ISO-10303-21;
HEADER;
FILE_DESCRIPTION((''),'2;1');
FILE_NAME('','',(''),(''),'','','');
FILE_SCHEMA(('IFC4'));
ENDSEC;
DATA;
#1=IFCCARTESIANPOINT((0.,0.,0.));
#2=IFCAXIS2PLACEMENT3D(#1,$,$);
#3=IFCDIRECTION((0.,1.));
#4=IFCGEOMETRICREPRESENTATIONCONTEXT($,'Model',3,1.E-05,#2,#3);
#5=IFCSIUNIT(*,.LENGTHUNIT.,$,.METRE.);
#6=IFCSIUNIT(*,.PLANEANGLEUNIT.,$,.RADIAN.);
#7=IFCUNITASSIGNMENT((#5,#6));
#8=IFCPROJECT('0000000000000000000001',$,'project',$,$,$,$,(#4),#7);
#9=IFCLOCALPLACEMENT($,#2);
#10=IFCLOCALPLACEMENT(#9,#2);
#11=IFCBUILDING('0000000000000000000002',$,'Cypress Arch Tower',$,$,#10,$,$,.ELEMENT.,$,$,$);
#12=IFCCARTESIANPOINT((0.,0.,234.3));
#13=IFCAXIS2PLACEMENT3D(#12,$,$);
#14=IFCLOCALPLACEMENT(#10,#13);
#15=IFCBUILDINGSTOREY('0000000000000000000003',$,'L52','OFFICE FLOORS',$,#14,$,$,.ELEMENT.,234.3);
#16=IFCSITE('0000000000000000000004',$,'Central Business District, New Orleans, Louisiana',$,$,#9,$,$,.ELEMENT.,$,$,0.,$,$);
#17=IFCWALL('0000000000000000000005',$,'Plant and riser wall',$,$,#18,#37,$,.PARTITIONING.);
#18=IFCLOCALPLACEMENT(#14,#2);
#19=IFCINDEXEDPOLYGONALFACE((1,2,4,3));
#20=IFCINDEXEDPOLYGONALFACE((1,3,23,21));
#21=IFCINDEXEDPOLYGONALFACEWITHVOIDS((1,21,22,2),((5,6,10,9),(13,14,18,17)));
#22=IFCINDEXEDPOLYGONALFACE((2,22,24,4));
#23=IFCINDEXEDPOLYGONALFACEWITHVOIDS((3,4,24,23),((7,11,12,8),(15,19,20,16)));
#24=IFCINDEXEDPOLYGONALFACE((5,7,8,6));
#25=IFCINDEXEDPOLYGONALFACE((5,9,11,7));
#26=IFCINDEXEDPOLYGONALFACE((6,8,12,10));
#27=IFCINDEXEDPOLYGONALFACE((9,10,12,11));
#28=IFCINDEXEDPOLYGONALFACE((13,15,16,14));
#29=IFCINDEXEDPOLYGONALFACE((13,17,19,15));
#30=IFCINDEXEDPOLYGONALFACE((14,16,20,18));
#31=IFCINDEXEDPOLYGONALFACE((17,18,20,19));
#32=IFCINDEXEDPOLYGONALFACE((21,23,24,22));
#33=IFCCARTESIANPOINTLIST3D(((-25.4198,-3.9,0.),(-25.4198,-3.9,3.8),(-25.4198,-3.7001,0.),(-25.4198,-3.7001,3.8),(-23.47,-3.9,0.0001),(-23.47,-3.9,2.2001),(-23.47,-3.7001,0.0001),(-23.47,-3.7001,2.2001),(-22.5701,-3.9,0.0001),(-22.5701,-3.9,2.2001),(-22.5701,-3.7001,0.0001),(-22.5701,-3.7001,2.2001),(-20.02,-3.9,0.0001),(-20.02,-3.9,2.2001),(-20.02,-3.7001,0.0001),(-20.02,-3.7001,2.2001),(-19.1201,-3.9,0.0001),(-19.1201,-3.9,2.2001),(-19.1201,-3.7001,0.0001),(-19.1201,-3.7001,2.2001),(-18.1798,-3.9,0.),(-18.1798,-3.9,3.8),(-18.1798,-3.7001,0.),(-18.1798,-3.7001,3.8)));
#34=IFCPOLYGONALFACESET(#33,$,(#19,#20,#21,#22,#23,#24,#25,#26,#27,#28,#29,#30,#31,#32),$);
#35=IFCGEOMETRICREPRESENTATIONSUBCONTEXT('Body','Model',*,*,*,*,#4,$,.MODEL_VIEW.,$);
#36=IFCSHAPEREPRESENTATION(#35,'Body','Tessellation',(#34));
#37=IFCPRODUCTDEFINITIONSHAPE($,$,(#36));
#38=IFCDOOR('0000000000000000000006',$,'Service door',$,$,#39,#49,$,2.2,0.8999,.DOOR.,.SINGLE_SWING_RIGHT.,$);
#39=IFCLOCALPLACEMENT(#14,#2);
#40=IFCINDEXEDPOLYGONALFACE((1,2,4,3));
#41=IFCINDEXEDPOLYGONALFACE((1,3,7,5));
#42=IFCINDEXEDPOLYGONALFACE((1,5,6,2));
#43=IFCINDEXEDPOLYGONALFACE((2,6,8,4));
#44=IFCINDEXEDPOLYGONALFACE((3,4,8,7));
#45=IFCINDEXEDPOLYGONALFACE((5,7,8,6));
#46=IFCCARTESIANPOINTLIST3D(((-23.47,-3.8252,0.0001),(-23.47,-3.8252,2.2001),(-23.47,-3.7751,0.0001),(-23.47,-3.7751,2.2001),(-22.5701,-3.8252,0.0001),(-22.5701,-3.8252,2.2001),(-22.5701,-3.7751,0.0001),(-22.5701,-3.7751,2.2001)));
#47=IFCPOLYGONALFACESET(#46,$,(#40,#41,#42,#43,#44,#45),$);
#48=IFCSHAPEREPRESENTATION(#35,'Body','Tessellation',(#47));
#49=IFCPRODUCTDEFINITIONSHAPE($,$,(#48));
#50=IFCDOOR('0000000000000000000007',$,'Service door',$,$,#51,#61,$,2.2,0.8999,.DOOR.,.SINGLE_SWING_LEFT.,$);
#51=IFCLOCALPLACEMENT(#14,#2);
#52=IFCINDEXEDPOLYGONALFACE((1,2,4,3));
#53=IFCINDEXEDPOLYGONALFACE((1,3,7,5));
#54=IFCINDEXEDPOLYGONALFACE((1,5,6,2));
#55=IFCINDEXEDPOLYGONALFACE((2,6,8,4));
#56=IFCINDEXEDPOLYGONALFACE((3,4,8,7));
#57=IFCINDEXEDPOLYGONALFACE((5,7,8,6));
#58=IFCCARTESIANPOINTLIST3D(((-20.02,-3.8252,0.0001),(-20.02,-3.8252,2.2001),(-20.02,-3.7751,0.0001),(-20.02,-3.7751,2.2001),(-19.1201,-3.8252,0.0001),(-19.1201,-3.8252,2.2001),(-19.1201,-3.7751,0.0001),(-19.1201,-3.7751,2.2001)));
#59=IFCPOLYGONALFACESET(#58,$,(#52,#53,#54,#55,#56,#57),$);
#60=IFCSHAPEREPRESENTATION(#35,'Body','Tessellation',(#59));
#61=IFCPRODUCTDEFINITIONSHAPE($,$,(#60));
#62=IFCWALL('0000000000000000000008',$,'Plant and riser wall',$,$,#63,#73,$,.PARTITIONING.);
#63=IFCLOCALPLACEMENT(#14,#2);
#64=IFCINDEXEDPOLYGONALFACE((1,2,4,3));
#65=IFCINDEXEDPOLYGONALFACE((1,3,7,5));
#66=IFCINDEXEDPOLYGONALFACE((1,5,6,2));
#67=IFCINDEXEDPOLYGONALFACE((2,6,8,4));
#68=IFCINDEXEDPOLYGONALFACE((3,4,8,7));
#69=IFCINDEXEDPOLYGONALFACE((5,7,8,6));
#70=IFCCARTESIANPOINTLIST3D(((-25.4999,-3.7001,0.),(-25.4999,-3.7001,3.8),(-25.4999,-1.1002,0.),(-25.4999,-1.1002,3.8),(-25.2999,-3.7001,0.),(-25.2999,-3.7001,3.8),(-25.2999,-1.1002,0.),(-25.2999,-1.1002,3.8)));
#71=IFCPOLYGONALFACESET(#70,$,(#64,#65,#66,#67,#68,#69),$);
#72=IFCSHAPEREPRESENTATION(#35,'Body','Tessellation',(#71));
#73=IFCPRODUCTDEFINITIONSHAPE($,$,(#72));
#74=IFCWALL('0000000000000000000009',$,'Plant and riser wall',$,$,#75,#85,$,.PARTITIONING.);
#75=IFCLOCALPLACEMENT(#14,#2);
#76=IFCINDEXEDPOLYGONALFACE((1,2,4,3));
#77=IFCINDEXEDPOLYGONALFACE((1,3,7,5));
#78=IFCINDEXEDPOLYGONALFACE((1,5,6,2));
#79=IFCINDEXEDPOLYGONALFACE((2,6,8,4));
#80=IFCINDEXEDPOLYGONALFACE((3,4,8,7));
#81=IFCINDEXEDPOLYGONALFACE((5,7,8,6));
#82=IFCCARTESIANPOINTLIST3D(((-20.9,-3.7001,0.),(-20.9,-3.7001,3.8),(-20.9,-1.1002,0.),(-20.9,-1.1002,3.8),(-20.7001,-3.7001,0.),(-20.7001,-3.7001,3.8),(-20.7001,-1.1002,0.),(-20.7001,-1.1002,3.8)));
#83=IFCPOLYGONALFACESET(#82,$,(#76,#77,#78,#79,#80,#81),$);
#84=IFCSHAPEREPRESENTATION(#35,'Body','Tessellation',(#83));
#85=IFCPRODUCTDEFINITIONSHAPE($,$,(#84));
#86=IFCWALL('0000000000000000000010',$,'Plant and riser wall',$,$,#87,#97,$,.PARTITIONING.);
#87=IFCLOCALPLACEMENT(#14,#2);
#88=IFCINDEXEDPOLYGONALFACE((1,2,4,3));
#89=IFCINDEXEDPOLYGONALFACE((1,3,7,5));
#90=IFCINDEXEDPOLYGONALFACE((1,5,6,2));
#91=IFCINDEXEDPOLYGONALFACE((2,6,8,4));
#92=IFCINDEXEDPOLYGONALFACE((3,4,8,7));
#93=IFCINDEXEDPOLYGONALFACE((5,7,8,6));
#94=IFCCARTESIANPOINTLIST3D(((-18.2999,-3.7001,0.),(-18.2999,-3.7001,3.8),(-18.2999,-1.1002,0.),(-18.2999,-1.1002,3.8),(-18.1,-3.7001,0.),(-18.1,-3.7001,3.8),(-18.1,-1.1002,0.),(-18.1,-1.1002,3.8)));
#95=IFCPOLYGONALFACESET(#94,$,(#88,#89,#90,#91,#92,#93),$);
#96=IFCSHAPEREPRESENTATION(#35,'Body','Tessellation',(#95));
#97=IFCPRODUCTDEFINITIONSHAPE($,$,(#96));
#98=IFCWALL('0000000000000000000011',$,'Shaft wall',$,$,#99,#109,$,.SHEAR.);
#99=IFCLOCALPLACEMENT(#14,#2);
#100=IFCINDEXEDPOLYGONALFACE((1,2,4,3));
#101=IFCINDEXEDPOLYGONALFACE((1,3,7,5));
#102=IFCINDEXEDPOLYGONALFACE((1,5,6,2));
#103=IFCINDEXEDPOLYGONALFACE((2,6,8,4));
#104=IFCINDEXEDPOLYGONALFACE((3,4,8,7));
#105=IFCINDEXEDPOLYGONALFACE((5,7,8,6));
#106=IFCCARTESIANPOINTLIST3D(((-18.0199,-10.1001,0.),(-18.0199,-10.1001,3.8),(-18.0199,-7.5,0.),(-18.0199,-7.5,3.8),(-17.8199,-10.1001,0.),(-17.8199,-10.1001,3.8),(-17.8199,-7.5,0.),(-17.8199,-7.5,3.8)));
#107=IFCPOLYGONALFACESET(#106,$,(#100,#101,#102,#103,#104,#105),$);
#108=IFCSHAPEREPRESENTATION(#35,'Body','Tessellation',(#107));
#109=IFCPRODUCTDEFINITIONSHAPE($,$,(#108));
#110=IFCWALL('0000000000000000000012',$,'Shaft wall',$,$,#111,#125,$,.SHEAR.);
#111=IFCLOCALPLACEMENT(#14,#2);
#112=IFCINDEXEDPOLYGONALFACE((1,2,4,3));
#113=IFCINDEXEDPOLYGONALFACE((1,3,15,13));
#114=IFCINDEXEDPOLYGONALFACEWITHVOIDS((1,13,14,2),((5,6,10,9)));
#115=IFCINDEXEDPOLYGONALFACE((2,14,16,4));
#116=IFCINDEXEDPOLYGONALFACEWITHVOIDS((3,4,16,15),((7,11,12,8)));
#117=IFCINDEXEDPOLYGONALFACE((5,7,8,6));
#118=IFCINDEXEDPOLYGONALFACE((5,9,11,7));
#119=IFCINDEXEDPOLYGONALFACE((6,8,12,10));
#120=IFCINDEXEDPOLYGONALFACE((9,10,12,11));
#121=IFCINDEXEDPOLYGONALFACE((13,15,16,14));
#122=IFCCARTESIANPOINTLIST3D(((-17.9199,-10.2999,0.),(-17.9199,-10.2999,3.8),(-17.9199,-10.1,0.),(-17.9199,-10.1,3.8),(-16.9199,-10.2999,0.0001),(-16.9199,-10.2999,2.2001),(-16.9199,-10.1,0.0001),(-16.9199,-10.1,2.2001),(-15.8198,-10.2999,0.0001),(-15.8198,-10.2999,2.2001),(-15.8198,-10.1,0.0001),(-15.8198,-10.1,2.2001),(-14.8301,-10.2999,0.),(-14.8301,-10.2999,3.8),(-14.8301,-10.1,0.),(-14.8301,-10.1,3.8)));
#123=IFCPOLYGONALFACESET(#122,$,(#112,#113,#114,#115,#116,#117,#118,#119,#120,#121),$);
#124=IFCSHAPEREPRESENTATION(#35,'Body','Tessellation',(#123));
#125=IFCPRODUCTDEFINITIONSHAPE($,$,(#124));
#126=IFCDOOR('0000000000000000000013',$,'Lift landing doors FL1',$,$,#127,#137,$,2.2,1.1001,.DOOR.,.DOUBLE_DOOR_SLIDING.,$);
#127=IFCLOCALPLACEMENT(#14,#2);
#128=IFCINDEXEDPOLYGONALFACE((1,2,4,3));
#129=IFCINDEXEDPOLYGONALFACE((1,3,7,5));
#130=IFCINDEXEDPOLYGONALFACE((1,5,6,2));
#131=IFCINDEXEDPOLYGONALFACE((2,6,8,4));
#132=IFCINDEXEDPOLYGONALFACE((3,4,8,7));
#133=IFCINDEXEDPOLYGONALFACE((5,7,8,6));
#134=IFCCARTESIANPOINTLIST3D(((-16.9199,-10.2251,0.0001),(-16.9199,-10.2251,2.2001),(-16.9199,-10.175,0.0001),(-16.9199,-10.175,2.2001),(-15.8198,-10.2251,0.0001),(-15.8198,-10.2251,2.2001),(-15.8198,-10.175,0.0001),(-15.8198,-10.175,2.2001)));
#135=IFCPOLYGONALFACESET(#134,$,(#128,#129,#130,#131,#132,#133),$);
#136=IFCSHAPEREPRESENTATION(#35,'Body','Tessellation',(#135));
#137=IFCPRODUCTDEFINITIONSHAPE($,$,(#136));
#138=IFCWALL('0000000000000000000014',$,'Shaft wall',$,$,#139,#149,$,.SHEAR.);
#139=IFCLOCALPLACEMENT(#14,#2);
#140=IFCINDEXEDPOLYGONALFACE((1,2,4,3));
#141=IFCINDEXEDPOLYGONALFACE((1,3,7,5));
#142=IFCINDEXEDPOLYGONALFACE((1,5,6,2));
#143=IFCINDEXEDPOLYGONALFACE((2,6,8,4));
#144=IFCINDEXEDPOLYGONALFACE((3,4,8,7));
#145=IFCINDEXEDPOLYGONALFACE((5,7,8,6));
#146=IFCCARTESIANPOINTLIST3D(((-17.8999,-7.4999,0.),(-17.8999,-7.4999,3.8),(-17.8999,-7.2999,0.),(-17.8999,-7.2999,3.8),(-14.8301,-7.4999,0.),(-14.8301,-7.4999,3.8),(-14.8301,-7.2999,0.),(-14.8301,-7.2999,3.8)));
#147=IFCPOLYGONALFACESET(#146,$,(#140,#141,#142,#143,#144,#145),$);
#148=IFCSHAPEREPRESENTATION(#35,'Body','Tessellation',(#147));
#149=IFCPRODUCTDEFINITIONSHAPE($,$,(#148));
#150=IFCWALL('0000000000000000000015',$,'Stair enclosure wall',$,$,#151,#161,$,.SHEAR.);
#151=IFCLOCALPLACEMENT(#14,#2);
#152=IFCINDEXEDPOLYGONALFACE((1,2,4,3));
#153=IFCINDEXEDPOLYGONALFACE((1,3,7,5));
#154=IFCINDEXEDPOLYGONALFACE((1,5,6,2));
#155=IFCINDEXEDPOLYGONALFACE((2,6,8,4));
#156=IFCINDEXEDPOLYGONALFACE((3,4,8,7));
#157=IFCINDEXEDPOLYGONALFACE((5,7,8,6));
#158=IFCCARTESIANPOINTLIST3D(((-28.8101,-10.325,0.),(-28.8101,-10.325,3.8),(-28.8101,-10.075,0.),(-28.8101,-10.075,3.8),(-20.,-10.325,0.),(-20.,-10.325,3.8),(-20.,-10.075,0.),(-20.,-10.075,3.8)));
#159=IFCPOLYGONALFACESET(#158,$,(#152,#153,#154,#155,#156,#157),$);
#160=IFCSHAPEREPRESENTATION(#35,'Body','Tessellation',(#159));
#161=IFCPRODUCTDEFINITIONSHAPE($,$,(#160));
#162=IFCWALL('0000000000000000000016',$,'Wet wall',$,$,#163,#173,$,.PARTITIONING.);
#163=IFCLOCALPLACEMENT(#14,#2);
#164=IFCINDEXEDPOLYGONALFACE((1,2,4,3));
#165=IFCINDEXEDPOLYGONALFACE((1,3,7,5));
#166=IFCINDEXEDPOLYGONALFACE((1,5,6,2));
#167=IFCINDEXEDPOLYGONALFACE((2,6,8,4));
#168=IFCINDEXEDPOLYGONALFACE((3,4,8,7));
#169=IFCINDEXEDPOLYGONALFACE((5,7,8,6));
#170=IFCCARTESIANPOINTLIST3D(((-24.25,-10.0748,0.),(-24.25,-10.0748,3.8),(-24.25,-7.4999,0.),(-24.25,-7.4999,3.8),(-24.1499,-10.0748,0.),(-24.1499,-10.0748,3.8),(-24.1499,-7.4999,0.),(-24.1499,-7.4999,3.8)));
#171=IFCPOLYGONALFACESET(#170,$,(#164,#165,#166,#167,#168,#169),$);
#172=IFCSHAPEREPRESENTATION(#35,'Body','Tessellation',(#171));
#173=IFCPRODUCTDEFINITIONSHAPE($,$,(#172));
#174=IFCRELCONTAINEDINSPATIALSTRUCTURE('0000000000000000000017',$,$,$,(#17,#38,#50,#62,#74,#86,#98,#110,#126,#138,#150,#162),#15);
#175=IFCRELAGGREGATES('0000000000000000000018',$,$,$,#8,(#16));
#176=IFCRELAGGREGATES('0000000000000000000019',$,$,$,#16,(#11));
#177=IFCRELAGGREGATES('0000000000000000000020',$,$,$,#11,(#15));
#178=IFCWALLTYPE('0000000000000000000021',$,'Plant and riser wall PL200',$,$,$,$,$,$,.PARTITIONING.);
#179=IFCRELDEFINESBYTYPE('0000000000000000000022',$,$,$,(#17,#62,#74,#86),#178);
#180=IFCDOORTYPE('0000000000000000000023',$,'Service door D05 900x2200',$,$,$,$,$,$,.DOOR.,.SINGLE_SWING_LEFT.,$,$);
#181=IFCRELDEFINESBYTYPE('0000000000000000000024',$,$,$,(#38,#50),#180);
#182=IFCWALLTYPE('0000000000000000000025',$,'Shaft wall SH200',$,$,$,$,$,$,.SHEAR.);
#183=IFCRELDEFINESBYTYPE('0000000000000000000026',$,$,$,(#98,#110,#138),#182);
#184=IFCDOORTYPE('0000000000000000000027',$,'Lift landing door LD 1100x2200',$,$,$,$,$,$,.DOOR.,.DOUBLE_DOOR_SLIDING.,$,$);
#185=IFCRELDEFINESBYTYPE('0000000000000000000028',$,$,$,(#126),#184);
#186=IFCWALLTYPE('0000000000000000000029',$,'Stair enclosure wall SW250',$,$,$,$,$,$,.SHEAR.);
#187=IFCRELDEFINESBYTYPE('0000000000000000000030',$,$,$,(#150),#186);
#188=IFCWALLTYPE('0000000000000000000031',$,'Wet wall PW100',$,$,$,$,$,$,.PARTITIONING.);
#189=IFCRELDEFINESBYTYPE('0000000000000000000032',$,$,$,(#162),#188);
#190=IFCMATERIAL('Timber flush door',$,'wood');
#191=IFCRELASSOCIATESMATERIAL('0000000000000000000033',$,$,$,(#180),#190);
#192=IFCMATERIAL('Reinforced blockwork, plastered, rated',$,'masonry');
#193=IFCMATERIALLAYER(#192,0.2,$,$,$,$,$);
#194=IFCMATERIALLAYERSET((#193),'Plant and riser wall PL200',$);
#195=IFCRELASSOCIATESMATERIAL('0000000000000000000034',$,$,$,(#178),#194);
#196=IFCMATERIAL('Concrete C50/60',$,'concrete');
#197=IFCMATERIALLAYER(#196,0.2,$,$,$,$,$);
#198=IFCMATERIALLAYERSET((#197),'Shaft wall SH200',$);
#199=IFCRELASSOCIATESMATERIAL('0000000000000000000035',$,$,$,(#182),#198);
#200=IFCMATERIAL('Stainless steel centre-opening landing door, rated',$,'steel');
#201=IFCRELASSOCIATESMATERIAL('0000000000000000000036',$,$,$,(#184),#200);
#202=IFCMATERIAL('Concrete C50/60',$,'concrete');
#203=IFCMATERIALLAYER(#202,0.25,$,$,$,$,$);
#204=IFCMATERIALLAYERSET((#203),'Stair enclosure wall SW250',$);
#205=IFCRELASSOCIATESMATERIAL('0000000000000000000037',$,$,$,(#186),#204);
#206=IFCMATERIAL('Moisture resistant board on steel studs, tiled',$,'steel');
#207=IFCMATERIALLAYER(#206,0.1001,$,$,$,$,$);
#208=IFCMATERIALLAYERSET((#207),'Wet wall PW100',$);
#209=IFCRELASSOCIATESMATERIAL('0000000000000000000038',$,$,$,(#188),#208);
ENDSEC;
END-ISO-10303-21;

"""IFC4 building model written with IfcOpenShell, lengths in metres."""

from ifc_helpers import new_model, si_unit, direction, frame, frame_2d, origin, place, context, subcontext, project, spatial, rectangle, extrude, material, layer, layer_set, type_object, element, fill, save


model = new_model("IFC4")

# Units and contexts
model_context = context("Model", 3, precision=1e-05, world=origin(), true_north=direction((0.0, 1.0)))
body_context = subcontext(model_context, "Body", "Model", "MODEL_VIEW")
ifc_project = project(units=[si_unit("LENGTHUNIT", "METRE"), si_unit("PLANEANGLEUNIT", "RADIAN")], contexts=[model_context])

# Site, building, storey
site_placement = place(None, origin())
site = spatial("IfcSite", under=ifc_project, at=site_placement, Name="Central Business District, New Orleans, Louisiana", CompositionType="ELEMENT", RefElevation=0.0)
building_placement = place(site_placement, origin())
building = spatial("IfcBuilding", under=site, at=building_placement, Name="Cypress Arch Tower", CompositionType="ELEMENT")
storey_placement = place(building_placement, frame((0.0, 0.0, 234.3)))
storey = spatial("IfcBuildingStorey", under=building, at=storey_placement, Name="L52", Description="OFFICE FLOORS", CompositionType="ELEMENT", Elevation=234.3)

# Shared definitions
ifc_material_1 = material(Name="Timber flush door", Category="wood")
door_type_1 = type_object("IfcDoorType", Name="Service door D05 900x2200", OperationType="SINGLE_SWING_LEFT", PredefinedType="DOOR", material=ifc_material_1)

# Shared definitions
ifc_material_2 = material(Name="Reinforced blockwork, plastered, rated", Category="masonry")
ifc_layer_1 = layer(ifc_material_2, 0.2)
ifc_layer_set_1 = layer_set([ifc_layer_1], Name="Plant and riser wall PL200")
wall_type_1 = type_object("IfcWallType", Name="Plant and riser wall PL200", PredefinedType="PARTITIONING", material=ifc_layer_set_1)

# Wall, openings, doors
wall_1_placement = place(storey_placement, frame((-25.4199, -3.8, 0.0), z_axis=(0.0, 0.0, 1.0), x_axis=(1.0, 0.0, 0.0)))
wall_1 = element("IfcWall", 1, at=wall_1_placement, inside=storey, type_object=wall_type_1, Name="Plant and riser wall", PredefinedType="PARTITIONING", context=body_context, shape_type="SweptSolid", body=[
    extrude(rectangle(XDim=7.24, YDim=0.2, at=frame_2d((3.6201, 0.0))), origin(), (0.0, 0.0, 1.0), 3.8),
])
opening_1_placement = place(wall_1_placement, frame((1.95, 0.0, 0.0)))
opening_1 = element("IfcOpeningElement", 2, at=opening_1_placement, cuts=wall_1, PredefinedType="OPENING", context=body_context, shape_type="SweptSolid", body=[
    extrude(rectangle(XDim=0.8999, YDim=2.2, at=frame_2d((0.45, 1.1001))), frame((0.0, 0.1099, 0.0), z_axis=(0.0, -1.0, 0.0), x_axis=(1.0, 0.0, 0.0)), (0.0, 0.0, 1.0), 0.22),
])
opening_2_placement = place(wall_1_placement, frame((5.3999, 0.0, 0.0)))
opening_2 = element("IfcOpeningElement", 3, at=opening_2_placement, cuts=wall_1, PredefinedType="OPENING", context=body_context, shape_type="SweptSolid", body=[
    extrude(rectangle(XDim=0.8999, YDim=2.2, at=frame_2d((0.45, 1.1001))), frame((0.0, 0.1099, 0.0), z_axis=(0.0, -1.0, 0.0), x_axis=(1.0, 0.0, 0.0)), (0.0, 0.0, 1.0), 0.22),
])
door_1_placement = place(opening_1_placement, origin())
door_1 = element("IfcDoor", 4, at=door_1_placement, inside=storey, type_object=door_type_1, Name="Service door", OperationType="SINGLE_SWING_RIGHT", OverallHeight=2.2, OverallWidth=0.8999, PredefinedType="DOOR", context=body_context, shape_type="SweptSolid", body=[
    extrude(rectangle(XDim=0.8999, YDim=2.2, at=frame_2d((0.45, 1.1001))), frame((0.0, 0.0249, 0.0), z_axis=(0.0, -1.0, 0.0), x_axis=(1.0, 0.0, 0.0)), (0.0, 0.0, 1.0), 0.05),
])
fill(opening_1, door_1)
door_2_placement = place(opening_2_placement, origin())
door_2 = element("IfcDoor", 5, at=door_2_placement, inside=storey, type_object=door_type_1, Name="Service door", OperationType="SINGLE_SWING_LEFT", OverallHeight=2.2, OverallWidth=0.8999, PredefinedType="DOOR", context=body_context, shape_type="SweptSolid", body=[
    extrude(rectangle(XDim=0.8999, YDim=2.2, at=frame_2d((0.45, 1.1001))), frame((0.0, 0.0249, 0.0), z_axis=(0.0, -1.0, 0.0), x_axis=(1.0, 0.0, 0.0)), (0.0, 0.0, 1.0), 0.05),
])
fill(opening_2, door_2)

# Walls
for number, where, z_axis, x_axis, name in (
    (6, (-25.3999, -3.7, 0.0), (0.0, 0.0, 1.0), (0.0, 1.0, 0.0), "Plant and riser wall"),
    (7, (-20.8, -3.7, 0.0), (0.0, 0.0, 1.0), (0.0, 1.0, 0.0), "Plant and riser wall"),
    (8, (-18.2, -3.7, 0.0), (0.0, 0.0, 1.0), (0.0, 1.0, 0.0), "Plant and riser wall"),
):
    element("IfcWall", number, at=place(storey_placement, frame(where, z_axis=z_axis, x_axis=x_axis)), inside=storey, type_object=wall_type_1, Name=name, PredefinedType="PARTITIONING", context=body_context, shape_type="SweptSolid", body=[
        extrude(rectangle(XDim=2.5999, YDim=0.2, at=frame_2d((1.2998, 0.0))), origin(), (0.0, 0.0, 1.0), 3.8),
    ])
ifc_material_3 = material(Name="Concrete C50/60", Category="concrete")
ifc_layer_2 = layer(ifc_material_3, 0.2)
ifc_layer_set_2 = layer_set([ifc_layer_2], Name="Shaft wall SH200")
wall_type_2 = type_object("IfcWallType", Name="Shaft wall SH200", PredefinedType="SHEAR", material=ifc_layer_set_2)
wall_2_placement = place(storey_placement, frame((-17.9199, -10.1001, 0.0), z_axis=(0.0, 0.0, 1.0), x_axis=(0.0, 1.0, 0.0)))
element("IfcWall", 9, at=wall_2_placement, inside=storey, type_object=wall_type_2, Name="Shaft wall", PredefinedType="SHEAR", context=body_context, shape_type="SweptSolid", body=[
    extrude(rectangle(XDim=2.6001, YDim=0.2, at=frame_2d((1.3, 0.0))), origin(), (0.0, 0.0, 1.0), 3.8),
])

# Wall, opening, door
wall_3_placement = place(storey_placement, frame((-17.9199, -10.2, 0.0), z_axis=(0.0, 0.0, 1.0), x_axis=(1.0, 0.0, 0.0)))
wall_3 = element("IfcWall", 10, at=wall_3_placement, inside=storey, type_object=wall_type_2, Name="Shaft wall", PredefinedType="SHEAR", context=body_context, shape_type="SweptSolid", body=[
    extrude(rectangle(XDim=3.0898, YDim=0.2, at=frame_2d((1.5449, 0.0))), origin(), (0.0, 0.0, 1.0), 3.8),
])
opening_3_placement = place(wall_3_placement, frame((1.0, 0.0, 0.0)))
opening_3 = element("IfcOpeningElement", 11, at=opening_3_placement, cuts=wall_3, PredefinedType="OPENING", context=body_context, shape_type="SweptSolid", body=[
    extrude(rectangle(XDim=1.1001, YDim=2.2, at=frame_2d((0.55, 1.1001))), frame((0.0, 0.1099, 0.0), z_axis=(0.0, -1.0, 0.0), x_axis=(1.0, 0.0, 0.0)), (0.0, 0.0, 1.0), 0.22),
])
ifc_material_4 = material(Name="Stainless steel centre-opening landing door, rated", Category="steel")
door_type_2 = type_object("IfcDoorType", Name="Lift landing door LD 1100x2200", OperationType="DOUBLE_DOOR_SLIDING", PredefinedType="DOOR", material=ifc_material_4)
door_3_placement = place(opening_3_placement, origin())
door_3 = element("IfcDoor", 12, at=door_3_placement, inside=storey, type_object=door_type_2, Name="Lift landing doors FL1", OperationType="DOUBLE_DOOR_SLIDING", OverallHeight=2.2, OverallWidth=1.1001, PredefinedType="DOOR", context=body_context, shape_type="SweptSolid", body=[
    extrude(rectangle(XDim=1.1001, YDim=2.2, at=frame_2d((0.55, 1.1001))), frame((0.0, 0.0249, 0.0), z_axis=(0.0, -1.0, 0.0), x_axis=(1.0, 0.0, 0.0)), (0.0, 0.0, 1.0), 0.05),
])
fill(opening_3, door_3)

# Walls
wall_4_placement = place(storey_placement, frame((-17.8999, -7.3999, 0.0), z_axis=(0.0, 0.0, 1.0), x_axis=(1.0, 0.0, 0.0)))
element("IfcWall", 13, at=wall_4_placement, inside=storey, type_object=wall_type_2, Name="Shaft wall", PredefinedType="SHEAR", context=body_context, shape_type="SweptSolid", body=[
    extrude(rectangle(XDim=3.0698, YDim=0.2, at=frame_2d((1.5349, 0.0))), origin(), (0.0, 0.0, 1.0), 3.8),
])
ifc_material_5 = material(Name="Concrete C50/60", Category="concrete")
ifc_layer_3 = layer(ifc_material_5, 0.25)
ifc_layer_set_3 = layer_set([ifc_layer_3], Name="Stair enclosure wall SW250")
wall_type_3 = type_object("IfcWallType", Name="Stair enclosure wall SW250", PredefinedType="SHEAR", material=ifc_layer_set_3)
wall_5_placement = place(storey_placement, frame((-28.8101, -10.2, 0.0), z_axis=(0.0, 0.0, 1.0), x_axis=(1.0, 0.0, 0.0)))
element("IfcWall", 14, at=wall_5_placement, inside=storey, type_object=wall_type_3, Name="Stair enclosure wall", PredefinedType="SHEAR", context=body_context, shape_type="SweptSolid", body=[
    extrude(rectangle(XDim=8.8101, YDim=0.25, at=frame_2d((4.405, 0.0))), origin(), (0.0, 0.0, 1.0), 3.8),
])
ifc_material_6 = material(Name="Moisture resistant board on steel studs, tiled", Category="steel")
ifc_layer_4 = layer(ifc_material_6, 0.1001)
ifc_layer_set_4 = layer_set([ifc_layer_4], Name="Wet wall PW100")
wall_type_4 = type_object("IfcWallType", Name="Wet wall PW100", PredefinedType="PARTITIONING", material=ifc_layer_set_4)
wall_6_placement = place(storey_placement, frame((-24.2, -10.075, 0.0), z_axis=(0.0, 0.0, 1.0), x_axis=(0.0, 1.0, 0.0)))
element("IfcWall", 15, at=wall_6_placement, inside=storey, type_object=wall_type_4, Name="Wet wall", PredefinedType="PARTITIONING", context=body_context, shape_type="SweptSolid", body=[
    extrude(rectangle(XDim=2.575, YDim=0.1001, at=frame_2d((1.2876, 0.0))), origin(), (0.0, 0.0, 1.0), 3.8),
])

save(model, "model.ifc")
